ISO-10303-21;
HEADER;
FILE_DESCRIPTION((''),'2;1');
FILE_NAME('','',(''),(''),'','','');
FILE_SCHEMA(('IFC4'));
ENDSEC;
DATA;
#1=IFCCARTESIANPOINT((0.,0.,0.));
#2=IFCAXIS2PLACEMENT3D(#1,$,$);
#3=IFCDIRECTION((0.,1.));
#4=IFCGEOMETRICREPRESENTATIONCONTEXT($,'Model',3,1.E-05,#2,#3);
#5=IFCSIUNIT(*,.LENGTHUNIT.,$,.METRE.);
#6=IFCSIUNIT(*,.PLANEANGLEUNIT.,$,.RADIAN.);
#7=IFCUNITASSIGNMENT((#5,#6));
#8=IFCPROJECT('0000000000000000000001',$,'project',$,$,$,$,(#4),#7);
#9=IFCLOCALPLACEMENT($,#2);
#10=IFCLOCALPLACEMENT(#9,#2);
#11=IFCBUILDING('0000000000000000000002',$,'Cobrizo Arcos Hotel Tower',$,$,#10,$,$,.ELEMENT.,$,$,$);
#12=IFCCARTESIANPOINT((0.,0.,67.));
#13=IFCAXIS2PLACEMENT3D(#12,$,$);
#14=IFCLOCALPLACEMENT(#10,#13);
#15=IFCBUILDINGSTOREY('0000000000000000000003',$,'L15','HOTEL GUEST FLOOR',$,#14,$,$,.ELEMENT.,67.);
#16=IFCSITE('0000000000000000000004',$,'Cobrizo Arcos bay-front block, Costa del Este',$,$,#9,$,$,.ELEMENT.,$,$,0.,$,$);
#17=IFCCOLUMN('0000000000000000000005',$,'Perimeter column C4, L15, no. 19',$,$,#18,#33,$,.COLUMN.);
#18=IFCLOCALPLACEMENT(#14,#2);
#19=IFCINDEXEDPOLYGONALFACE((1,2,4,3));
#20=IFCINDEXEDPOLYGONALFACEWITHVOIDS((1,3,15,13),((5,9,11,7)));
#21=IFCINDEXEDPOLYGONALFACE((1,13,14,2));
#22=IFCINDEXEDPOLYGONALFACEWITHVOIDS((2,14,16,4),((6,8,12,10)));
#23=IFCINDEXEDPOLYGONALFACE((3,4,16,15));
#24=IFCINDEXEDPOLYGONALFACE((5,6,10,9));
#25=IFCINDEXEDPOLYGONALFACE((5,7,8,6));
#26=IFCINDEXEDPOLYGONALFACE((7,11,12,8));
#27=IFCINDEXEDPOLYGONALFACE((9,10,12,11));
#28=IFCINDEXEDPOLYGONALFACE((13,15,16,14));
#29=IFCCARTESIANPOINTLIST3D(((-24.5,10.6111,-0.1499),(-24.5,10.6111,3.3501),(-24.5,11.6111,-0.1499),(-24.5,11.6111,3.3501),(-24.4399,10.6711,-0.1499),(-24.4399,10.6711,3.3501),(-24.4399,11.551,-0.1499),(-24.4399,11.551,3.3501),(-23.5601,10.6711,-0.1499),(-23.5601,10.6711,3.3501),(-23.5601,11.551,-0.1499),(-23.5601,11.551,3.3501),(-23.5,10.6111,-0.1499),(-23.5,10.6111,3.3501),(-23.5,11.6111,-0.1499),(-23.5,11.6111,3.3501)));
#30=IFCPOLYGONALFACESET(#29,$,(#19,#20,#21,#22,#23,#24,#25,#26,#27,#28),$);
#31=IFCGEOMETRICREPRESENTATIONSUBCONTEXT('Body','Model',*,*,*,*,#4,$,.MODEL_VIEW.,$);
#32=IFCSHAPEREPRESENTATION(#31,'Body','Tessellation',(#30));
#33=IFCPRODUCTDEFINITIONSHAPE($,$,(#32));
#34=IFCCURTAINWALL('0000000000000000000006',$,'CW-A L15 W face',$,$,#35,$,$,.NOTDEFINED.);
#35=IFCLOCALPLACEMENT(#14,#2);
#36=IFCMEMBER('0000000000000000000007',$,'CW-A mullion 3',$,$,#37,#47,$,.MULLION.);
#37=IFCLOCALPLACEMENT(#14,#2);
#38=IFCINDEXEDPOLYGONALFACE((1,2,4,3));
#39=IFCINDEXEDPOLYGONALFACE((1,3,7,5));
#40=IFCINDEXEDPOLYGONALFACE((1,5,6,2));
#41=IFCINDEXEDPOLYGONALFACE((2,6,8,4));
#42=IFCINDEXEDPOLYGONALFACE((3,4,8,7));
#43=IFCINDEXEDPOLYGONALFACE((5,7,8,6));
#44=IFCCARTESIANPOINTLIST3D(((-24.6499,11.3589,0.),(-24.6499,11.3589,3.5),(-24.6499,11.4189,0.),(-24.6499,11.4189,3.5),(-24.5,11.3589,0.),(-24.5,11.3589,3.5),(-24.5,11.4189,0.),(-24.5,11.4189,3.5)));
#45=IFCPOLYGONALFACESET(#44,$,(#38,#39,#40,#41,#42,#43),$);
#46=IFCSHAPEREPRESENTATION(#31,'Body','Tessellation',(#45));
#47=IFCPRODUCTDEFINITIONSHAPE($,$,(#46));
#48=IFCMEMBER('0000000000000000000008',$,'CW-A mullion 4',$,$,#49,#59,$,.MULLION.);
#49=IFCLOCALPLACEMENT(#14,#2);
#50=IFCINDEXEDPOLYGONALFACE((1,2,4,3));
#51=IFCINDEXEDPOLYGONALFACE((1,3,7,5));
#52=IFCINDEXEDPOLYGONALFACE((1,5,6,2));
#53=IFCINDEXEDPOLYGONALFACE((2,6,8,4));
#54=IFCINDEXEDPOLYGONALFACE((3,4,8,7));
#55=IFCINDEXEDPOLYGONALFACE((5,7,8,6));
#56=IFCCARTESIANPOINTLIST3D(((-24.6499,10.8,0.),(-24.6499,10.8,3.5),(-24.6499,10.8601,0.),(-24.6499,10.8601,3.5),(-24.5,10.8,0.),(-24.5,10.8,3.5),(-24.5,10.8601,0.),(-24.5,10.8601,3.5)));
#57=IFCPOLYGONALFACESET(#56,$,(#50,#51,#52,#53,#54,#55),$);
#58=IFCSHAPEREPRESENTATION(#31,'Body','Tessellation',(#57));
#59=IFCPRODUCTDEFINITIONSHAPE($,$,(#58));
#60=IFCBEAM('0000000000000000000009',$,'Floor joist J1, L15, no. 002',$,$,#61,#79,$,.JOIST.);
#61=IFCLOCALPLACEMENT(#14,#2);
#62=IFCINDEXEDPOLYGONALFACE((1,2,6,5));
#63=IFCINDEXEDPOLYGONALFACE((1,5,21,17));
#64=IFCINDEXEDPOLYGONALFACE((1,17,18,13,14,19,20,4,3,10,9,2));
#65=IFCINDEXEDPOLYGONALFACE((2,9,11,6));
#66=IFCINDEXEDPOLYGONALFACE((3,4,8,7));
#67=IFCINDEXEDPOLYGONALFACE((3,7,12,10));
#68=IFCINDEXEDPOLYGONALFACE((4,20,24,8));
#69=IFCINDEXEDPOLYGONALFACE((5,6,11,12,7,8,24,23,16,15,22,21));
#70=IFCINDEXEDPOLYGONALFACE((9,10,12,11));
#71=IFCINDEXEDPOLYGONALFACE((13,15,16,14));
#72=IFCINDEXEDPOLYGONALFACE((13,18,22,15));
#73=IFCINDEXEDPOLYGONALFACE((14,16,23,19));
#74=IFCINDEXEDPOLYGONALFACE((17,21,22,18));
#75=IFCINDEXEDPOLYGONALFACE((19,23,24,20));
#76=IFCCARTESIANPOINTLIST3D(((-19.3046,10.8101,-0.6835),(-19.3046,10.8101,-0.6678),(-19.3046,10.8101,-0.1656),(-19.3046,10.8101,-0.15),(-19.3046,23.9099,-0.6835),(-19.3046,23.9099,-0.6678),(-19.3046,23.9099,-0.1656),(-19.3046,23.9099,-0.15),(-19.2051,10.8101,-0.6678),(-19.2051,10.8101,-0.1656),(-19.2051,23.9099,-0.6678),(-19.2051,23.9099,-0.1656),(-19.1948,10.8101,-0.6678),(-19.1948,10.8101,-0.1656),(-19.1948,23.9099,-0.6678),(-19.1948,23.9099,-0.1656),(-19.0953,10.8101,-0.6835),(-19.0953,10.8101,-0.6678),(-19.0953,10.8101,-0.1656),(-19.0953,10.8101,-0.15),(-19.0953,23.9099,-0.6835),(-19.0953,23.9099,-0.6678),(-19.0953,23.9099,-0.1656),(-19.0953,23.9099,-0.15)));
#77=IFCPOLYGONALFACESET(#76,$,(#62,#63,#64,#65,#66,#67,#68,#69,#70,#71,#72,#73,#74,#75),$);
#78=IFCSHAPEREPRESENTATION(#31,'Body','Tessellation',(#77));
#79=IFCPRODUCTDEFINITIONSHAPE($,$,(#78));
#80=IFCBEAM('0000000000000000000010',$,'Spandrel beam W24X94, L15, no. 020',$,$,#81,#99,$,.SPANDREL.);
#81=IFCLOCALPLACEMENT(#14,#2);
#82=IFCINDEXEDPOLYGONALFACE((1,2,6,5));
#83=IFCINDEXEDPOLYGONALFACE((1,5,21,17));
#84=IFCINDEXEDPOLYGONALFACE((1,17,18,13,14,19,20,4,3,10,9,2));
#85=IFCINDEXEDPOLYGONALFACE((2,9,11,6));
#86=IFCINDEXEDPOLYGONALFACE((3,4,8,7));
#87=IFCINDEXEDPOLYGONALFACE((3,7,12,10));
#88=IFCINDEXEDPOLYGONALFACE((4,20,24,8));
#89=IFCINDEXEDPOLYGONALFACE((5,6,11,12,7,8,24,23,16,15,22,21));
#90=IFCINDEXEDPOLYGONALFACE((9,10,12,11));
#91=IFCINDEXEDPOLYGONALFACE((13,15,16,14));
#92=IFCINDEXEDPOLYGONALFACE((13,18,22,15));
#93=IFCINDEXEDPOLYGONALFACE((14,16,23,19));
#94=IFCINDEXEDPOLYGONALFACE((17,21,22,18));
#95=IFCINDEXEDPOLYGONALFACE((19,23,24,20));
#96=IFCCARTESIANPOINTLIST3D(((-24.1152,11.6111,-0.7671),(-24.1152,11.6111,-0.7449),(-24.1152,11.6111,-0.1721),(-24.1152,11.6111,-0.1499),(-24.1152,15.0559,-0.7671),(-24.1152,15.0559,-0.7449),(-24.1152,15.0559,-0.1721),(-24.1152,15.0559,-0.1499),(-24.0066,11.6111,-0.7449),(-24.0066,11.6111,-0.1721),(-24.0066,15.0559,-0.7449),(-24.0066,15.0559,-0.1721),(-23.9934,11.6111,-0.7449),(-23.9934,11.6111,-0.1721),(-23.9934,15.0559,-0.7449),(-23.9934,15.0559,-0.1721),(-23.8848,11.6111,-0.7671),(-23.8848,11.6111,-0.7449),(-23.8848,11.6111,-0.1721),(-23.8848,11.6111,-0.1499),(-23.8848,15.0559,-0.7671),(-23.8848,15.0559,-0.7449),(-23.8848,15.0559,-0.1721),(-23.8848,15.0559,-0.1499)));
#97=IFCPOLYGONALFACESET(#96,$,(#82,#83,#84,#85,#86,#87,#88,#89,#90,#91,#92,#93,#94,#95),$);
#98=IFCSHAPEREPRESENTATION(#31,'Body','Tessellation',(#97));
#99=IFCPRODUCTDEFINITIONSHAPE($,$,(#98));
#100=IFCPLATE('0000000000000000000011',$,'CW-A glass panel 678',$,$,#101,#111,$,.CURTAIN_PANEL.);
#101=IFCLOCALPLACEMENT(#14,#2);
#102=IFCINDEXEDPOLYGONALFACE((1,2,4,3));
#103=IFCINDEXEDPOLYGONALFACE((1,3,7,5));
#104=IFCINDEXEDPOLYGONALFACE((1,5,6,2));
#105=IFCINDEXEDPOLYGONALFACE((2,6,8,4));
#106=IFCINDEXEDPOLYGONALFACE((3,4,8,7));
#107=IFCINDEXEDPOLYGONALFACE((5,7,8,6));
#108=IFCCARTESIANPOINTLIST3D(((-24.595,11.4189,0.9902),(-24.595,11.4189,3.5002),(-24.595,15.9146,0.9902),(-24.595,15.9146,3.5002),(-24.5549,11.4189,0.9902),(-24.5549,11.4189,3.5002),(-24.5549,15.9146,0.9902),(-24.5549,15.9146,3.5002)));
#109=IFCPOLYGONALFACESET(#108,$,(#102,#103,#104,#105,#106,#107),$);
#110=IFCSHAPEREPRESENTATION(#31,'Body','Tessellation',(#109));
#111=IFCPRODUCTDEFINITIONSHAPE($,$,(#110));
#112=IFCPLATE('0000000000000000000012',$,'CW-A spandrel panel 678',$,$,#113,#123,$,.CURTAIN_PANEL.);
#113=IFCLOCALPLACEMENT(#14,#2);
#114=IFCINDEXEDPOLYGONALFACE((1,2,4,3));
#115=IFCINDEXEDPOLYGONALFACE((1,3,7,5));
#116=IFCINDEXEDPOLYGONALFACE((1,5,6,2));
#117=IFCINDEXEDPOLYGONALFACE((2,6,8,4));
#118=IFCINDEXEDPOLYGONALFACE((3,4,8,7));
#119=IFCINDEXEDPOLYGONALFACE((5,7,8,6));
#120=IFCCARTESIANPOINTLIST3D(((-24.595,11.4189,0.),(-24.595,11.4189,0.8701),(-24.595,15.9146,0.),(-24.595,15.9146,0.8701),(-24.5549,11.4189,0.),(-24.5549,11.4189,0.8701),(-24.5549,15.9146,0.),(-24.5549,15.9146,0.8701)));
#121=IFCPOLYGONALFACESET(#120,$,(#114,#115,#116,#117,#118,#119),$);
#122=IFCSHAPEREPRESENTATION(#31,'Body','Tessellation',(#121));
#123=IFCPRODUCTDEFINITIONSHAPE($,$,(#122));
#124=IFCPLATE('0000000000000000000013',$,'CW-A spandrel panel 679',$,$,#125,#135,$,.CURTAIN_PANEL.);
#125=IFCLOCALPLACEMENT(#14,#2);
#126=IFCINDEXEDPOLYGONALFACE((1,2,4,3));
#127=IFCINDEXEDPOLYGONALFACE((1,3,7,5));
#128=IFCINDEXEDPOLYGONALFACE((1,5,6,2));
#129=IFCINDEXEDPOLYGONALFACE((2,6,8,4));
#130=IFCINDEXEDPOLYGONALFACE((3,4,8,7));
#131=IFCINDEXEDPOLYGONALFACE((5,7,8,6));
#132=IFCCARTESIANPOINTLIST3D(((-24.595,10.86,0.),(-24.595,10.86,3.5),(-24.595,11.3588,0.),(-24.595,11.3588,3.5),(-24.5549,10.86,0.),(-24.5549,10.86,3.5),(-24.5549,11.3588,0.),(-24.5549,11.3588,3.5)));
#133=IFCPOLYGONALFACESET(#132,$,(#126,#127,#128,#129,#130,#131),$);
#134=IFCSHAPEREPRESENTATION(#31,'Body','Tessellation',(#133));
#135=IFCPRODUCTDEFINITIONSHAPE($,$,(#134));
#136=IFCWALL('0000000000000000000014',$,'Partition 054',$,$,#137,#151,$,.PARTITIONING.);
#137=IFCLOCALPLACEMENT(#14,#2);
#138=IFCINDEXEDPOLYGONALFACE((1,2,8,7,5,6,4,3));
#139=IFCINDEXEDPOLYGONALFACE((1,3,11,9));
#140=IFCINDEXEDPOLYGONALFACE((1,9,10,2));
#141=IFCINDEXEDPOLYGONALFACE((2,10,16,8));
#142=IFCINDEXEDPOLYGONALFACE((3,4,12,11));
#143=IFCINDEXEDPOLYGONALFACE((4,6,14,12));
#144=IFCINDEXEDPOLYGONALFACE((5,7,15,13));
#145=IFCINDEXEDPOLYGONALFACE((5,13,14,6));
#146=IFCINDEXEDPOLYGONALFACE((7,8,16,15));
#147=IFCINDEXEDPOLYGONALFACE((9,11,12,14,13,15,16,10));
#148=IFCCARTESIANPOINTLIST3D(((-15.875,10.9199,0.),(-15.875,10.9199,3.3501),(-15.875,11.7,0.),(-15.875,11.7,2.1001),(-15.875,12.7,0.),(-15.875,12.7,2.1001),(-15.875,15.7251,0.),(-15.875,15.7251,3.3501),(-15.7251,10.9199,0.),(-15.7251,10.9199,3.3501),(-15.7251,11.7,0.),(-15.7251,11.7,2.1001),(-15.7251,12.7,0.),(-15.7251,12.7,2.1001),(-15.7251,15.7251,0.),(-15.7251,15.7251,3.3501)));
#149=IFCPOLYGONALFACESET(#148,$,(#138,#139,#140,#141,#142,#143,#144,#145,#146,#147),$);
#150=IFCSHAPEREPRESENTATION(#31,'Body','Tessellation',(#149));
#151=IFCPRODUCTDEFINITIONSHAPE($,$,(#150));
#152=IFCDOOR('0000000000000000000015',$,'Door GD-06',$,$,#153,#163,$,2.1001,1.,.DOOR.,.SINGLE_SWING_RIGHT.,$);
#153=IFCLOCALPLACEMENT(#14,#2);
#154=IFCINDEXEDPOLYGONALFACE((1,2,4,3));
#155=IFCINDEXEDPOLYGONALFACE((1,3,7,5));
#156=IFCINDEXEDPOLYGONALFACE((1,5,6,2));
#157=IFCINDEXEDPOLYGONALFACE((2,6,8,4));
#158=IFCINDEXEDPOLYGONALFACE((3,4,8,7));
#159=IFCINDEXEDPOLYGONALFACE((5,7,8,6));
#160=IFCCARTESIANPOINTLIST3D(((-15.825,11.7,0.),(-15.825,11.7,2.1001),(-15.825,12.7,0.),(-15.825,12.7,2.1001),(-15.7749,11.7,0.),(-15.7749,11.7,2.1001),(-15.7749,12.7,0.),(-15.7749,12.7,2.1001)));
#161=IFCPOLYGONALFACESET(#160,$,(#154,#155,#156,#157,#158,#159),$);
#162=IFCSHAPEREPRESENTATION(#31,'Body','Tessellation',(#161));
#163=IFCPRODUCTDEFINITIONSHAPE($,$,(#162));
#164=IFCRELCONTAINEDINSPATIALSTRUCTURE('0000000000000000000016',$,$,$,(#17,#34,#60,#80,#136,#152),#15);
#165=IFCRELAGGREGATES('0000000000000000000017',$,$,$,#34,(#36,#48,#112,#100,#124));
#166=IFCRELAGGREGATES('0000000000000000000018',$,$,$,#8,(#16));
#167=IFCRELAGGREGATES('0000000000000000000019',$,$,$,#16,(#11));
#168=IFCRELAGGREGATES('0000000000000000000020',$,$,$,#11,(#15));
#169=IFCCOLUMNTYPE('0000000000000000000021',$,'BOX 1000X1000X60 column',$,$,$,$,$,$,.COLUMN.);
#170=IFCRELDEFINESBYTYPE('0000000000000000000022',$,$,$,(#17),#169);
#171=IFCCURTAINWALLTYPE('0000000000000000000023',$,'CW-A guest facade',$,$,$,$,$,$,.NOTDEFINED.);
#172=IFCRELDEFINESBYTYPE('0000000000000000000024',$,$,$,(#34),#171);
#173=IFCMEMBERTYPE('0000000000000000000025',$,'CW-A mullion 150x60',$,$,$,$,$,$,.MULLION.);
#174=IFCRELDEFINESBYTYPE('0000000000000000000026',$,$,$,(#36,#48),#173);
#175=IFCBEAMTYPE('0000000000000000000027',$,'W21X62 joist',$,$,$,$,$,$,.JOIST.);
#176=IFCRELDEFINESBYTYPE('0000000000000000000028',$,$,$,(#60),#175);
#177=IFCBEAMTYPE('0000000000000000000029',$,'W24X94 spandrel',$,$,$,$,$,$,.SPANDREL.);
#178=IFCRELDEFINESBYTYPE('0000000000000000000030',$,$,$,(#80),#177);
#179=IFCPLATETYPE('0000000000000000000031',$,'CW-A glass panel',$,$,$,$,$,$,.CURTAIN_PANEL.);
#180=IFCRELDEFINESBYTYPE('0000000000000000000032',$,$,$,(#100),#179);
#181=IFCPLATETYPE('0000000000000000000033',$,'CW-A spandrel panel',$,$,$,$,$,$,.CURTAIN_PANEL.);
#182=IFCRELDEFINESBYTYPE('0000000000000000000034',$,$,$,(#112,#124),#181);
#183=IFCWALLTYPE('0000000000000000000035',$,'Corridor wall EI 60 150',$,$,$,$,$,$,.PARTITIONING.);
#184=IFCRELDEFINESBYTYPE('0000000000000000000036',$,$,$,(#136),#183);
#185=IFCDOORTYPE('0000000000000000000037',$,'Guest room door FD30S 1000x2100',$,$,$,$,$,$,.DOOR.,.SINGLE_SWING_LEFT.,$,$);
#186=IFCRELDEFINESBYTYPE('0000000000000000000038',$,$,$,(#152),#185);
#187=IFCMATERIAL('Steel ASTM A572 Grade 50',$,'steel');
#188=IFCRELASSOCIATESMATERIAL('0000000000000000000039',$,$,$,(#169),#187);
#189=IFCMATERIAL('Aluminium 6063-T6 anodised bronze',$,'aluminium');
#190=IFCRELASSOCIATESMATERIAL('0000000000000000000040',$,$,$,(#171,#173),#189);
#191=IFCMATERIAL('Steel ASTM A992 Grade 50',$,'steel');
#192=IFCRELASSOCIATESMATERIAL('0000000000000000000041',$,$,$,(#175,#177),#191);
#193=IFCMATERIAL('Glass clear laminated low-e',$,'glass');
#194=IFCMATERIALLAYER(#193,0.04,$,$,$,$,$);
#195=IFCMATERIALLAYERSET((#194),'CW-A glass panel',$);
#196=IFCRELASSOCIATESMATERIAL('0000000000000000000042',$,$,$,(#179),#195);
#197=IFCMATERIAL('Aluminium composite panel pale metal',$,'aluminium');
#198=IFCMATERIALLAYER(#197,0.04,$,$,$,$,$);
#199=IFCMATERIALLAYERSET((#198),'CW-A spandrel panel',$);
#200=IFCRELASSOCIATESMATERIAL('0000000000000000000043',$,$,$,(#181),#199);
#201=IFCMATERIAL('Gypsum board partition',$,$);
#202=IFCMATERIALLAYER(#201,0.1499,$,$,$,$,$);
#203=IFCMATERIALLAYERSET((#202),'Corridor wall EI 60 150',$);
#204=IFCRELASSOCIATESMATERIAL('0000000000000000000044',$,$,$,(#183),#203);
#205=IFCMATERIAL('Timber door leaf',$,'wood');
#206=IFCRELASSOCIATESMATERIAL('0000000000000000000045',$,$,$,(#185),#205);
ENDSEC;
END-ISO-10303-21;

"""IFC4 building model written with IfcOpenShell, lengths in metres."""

from ifc_helpers import new_model, si_unit, direction, frame, frame_2d, origin, origin_2d, place, context, subcontext, project, spatial, rectangle, hollow_rectangle, i_section, extrude, material, layer, layer_set, material_profile, profile_set, type_object, element, fill, aggregate, save


model = new_model("IFC4")

# Units and contexts
model_context = context("Model", 3, precision=1e-05, world=origin(), true_north=direction((0.0, 1.0)))
body_context = subcontext(model_context, "Body", "Model", "MODEL_VIEW")
ifc_project = project(units=[si_unit("LENGTHUNIT", "METRE"), si_unit("PLANEANGLEUNIT", "RADIAN")], contexts=[model_context])

# Site, building, storey
site_placement = place(None, origin())
site = spatial("IfcSite", under=ifc_project, at=site_placement, Name="Cobrizo Arcos bay-front block, Costa del Este", CompositionType="ELEMENT", RefElevation=0.0)
building_placement = place(site_placement, origin())
building = spatial("IfcBuilding", under=site, at=building_placement, Name="Cobrizo Arcos Hotel Tower", CompositionType="ELEMENT")
storey_placement = place(building_placement, frame((0.0, 0.0, 67.0)))
storey = spatial("IfcBuildingStorey", under=building, at=storey_placement, Name="L15", Description="HOTEL GUEST FLOOR", CompositionType="ELEMENT", Elevation=67.0)

# Column
ifc_material_1 = material(Name="Steel ASTM A572 Grade 50", Category="steel")
ifc_material_profile_1 = material_profile(ifc_material_1, hollow_rectangle(XDim=1.0, YDim=1.0, WallThickness=0.0601, at=origin_2d()), Name="BOX 1000X1000X60")
ifc_profile_set_1 = profile_set([ifc_material_profile_1], Name="Steel ASTM A572 Grade 50")
column_type = type_object("IfcColumnType", Name="BOX 1000X1000X60 column", PredefinedType="COLUMN", material=ifc_profile_set_1)
column_placement = place(storey_placement, frame((-24.0, 11.1111, -0.1499), z_axis=(0.0, 0.0, 1.0), x_axis=(1.0, 0.0, 0.0)))
element("IfcColumn", 1, at=column_placement, inside=storey, type_object=column_type, Name="Perimeter column C4, L15, no. 19", PredefinedType="COLUMN", context=body_context, shape_type="SweptSolid", body=[
    extrude(hollow_rectangle(XDim=1.0, YDim=1.0, WallThickness=0.0601, at=origin_2d()), origin(), (0.0, 0.0, 1.0), 3.5),
])

# Curtain wall, members
ifc_material_2 = material(Name="Aluminium 6063-T6 anodised bronze", Category="aluminium")
curtain_wall_type = type_object("IfcCurtainWallType", Name="CW-A guest facade", PredefinedType="NOTDEFINED", material=ifc_material_2)
curtain_wall_placement = place(storey_placement, origin())
curtain_wall = element("IfcCurtainWall", 2, at=curtain_wall_placement, inside=storey, type_object=curtain_wall_type, Name="CW-A L15 W face", PredefinedType="NOTDEFINED")
ifc_material_profile_2 = material_profile(ifc_material_2, rectangle(XDim=0.1499, YDim=0.0601, at=origin_2d()), Name="CW-A mullion 150x60")
ifc_profile_set_2 = profile_set([ifc_material_profile_2], Name="Aluminium 6063-T6 anodised bronze")
member_type = type_object("IfcMemberType", Name="CW-A mullion 150x60", PredefinedType="MULLION", material=ifc_profile_set_2)
member_1_placement = place(storey_placement, frame((-24.575, 11.3889, 0.0), z_axis=(0.0, 0.0, 1.0), x_axis=(-1.0, 0.0, 0.0)))
member_1 = element("IfcMember", 3, at=member_1_placement, type_object=member_type, Name="CW-A mullion 3", PredefinedType="MULLION", context=body_context, shape_type="SweptSolid", body=[
    extrude(rectangle(XDim=0.1499, YDim=0.0601, at=origin_2d()), origin(), (0.0, 0.0, 1.0), 3.5),
])
member_2_placement = place(storey_placement, frame((-24.575, 10.8301, 0.0), z_axis=(0.0, 0.0, 1.0), x_axis=(-1.0, 0.0, 0.0)))
member_2 = element("IfcMember", 4, at=member_2_placement, type_object=member_type, Name="CW-A mullion 4", PredefinedType="MULLION", context=body_context, shape_type="SweptSolid", body=[
    extrude(rectangle(XDim=0.1499, YDim=0.0601, at=origin_2d()), origin(), (0.0, 0.0, 1.0), 3.5),
])

# Beams
ifc_material_3 = material(Name="Steel ASTM A992 Grade 50", Category="steel")
ifc_material_profile_3 = material_profile(ifc_material_3, i_section(OverallWidth=0.2092, OverallDepth=0.5334, WebThickness=0.0103, FlangeThickness=0.0156, at=origin_2d()), Name="W21X62")
ifc_profile_set_3 = profile_set([ifc_material_profile_3], Name="Steel ASTM A992 Grade 50")
beam_type_1 = type_object("IfcBeamType", Name="W21X62 joist", PredefinedType="JOIST", material=ifc_profile_set_3)
beam_1_placement = place(storey_placement, frame((-19.2, 10.8101, -0.4167), z_axis=(0.0, 1.0, 0.0), x_axis=(-1.0, 0.0, 0.0)))
element("IfcBeam", 5, at=beam_1_placement, inside=storey, type_object=beam_type_1, Name="Floor joist J1, L15, no. 002", PredefinedType="JOIST", context=body_context, shape_type="SweptSolid", body=[
    extrude(i_section(OverallWidth=0.2092, OverallDepth=0.5334, WebThickness=0.0103, FlangeThickness=0.0156, at=origin_2d()), origin(), (0.0, 0.0, 1.0), 13.0999),
])
ifc_material_profile_4 = material_profile(ifc_material_3, i_section(OverallWidth=0.2305, OverallDepth=0.6172, WebThickness=0.0132, FlangeThickness=0.0222, at=origin_2d()), Name="W24X94")
ifc_profile_set_4 = profile_set([ifc_material_profile_4], Name="Steel ASTM A992 Grade 50")
beam_type_2 = type_object("IfcBeamType", Name="W24X94 spandrel", PredefinedType="SPANDREL", material=ifc_profile_set_4)
beam_2_placement = place(storey_placement, frame((-24.0, 11.6111, -0.4585), z_axis=(0.0, 1.0, 0.0), x_axis=(-1.0, 0.0, 0.0)))
element("IfcBeam", 6, at=beam_2_placement, inside=storey, type_object=beam_type_2, Name="Spandrel beam W24X94, L15, no. 020", PredefinedType="SPANDREL", context=body_context, shape_type="SweptSolid", body=[
    extrude(i_section(OverallWidth=0.2305, OverallDepth=0.6172, WebThickness=0.0132, FlangeThickness=0.0222, at=origin_2d()), origin(), (0.0, 0.0, 1.0), 3.4448),
])

# Plates
ifc_material_4 = material(Name="Glass clear laminated low-e", Category="glass")
ifc_layer_1 = layer(ifc_material_4, 0.04)
ifc_layer_set_1 = layer_set([ifc_layer_1], Name="CW-A glass panel")
plate_type_1 = type_object("IfcPlateType", Name="CW-A glass panel", PredefinedType="CURTAIN_PANEL", material=ifc_layer_set_1)
plate_1_placement = place(storey_placement, frame((-24.575, 13.6667, 0.9902), z_axis=(0.0, 0.0, 1.0), x_axis=(0.0, -1.0, 0.0)))
plate_1 = element("IfcPlate", 7, at=plate_1_placement, type_object=plate_type_1, Name="CW-A glass panel 678", PredefinedType="CURTAIN_PANEL", context=body_context, shape_type="SweptSolid", body=[
    extrude(rectangle(XDim=4.4956, YDim=0.04, at=origin_2d()), origin(), (0.0, 0.0, 1.0), 2.51),
])
ifc_material_5 = material(Name="Aluminium composite panel pale metal", Category="aluminium")
ifc_layer_2 = layer(ifc_material_5, 0.04)
ifc_layer_set_2 = layer_set([ifc_layer_2], Name="CW-A spandrel panel")
plate_type_2 = type_object("IfcPlateType", Name="CW-A spandrel panel", PredefinedType="CURTAIN_PANEL", material=ifc_layer_set_2)
plate_2_placement = place(storey_placement, frame((-24.575, 13.6667, 0.0), z_axis=(0.0, 0.0, 1.0), x_axis=(0.0, -1.0, 0.0)))
plate_2 = element("IfcPlate", 8, at=plate_2_placement, type_object=plate_type_2, Name="CW-A spandrel panel 678", PredefinedType="CURTAIN_PANEL", context=body_context, shape_type="SweptSolid", body=[
    extrude(rectangle(XDim=4.4956, YDim=0.04, at=origin_2d()), origin(), (0.0, 0.0, 1.0), 0.8701),
])
plate_3_placement = place(storey_placement, frame((-24.575, 11.1094, 0.0), z_axis=(0.0, 0.0, 1.0), x_axis=(0.0, -1.0, 0.0)))
plate_3 = element("IfcPlate", 9, at=plate_3_placement, type_object=plate_type_2, Name="CW-A spandrel panel 679", PredefinedType="CURTAIN_PANEL", context=body_context, shape_type="SweptSolid", body=[
    extrude(rectangle(XDim=0.4988, YDim=0.04, at=origin_2d()), origin(), (0.0, 0.0, 1.0), 3.5),
])
aggregate(curtain_wall, [member_1, member_2, plate_2, plate_1, plate_3])

# Wall, opening, door
ifc_material_6 = material(Name="Gypsum board partition")
ifc_layer_3 = layer(ifc_material_6, 0.1499)
ifc_layer_set_3 = layer_set([ifc_layer_3], Name="Corridor wall EI 60 150")
wall_type_1 = type_object("IfcWallType", Name="Corridor wall EI 60 150", PredefinedType="PARTITIONING", material=ifc_layer_set_3)
wall_1_placement = place(storey_placement, frame((-15.8, 10.9199, 0.0), z_axis=(0.0, 0.0, 1.0), x_axis=(0.0, 1.0, 0.0)))
wall_1 = element("IfcWall", 10, at=wall_1_placement, inside=storey, type_object=wall_type_1, Name="Partition 054", PredefinedType="PARTITIONING", context=body_context, shape_type="SweptSolid", body=[
    extrude(rectangle(XDim=4.8052, YDim=0.1499, at=frame_2d((2.4026, 0.0))), origin(), (0.0, 0.0, 1.0), 3.3501),
])
opening_1_placement = place(wall_1_placement, frame((0.78, 0.0, 0.0)))
opening_1 = element("IfcOpeningElement", 11, at=opening_1_placement, cuts=wall_1, PredefinedType="OPENING", context=body_context, shape_type="SweptSolid", body=[
    extrude(rectangle(XDim=1.0, YDim=2.1001, at=frame_2d((0.5, 1.05))), frame((0.0, 0.0869, 0.0), z_axis=(0.0, -1.0, 0.0), x_axis=(1.0, 0.0, 0.0)), (0.0, 0.0, 1.0), 0.1738),
])
ifc_material_7 = material(Name="Timber door leaf", Category="wood")
door_type_1 = type_object("IfcDoorType", Name="Guest room door FD30S 1000x2100", OperationType="SINGLE_SWING_LEFT", PredefinedType="DOOR", material=ifc_material_7)
door_1_placement = place(opening_1_placement, origin())
door_1 = element("IfcDoor", 12, at=door_1_placement, inside=storey, type_object=door_type_1, Name="Door GD-06", OperationType="SINGLE_SWING_RIGHT", OverallHeight=2.1001, OverallWidth=1.0, PredefinedType="DOOR", context=body_context, shape_type="SweptSolid", body=[
    extrude(rectangle(XDim=1.0, YDim=2.1001, at=frame_2d((0.5, 1.05))), frame((0.0, 0.0249, 0.0), z_axis=(0.0, -1.0, 0.0), x_axis=(1.0, 0.0, 0.0)), (0.0, 0.0, 1.0), 0.05),
])
fill(opening_1, door_1)

save(model, "model.ifc")
